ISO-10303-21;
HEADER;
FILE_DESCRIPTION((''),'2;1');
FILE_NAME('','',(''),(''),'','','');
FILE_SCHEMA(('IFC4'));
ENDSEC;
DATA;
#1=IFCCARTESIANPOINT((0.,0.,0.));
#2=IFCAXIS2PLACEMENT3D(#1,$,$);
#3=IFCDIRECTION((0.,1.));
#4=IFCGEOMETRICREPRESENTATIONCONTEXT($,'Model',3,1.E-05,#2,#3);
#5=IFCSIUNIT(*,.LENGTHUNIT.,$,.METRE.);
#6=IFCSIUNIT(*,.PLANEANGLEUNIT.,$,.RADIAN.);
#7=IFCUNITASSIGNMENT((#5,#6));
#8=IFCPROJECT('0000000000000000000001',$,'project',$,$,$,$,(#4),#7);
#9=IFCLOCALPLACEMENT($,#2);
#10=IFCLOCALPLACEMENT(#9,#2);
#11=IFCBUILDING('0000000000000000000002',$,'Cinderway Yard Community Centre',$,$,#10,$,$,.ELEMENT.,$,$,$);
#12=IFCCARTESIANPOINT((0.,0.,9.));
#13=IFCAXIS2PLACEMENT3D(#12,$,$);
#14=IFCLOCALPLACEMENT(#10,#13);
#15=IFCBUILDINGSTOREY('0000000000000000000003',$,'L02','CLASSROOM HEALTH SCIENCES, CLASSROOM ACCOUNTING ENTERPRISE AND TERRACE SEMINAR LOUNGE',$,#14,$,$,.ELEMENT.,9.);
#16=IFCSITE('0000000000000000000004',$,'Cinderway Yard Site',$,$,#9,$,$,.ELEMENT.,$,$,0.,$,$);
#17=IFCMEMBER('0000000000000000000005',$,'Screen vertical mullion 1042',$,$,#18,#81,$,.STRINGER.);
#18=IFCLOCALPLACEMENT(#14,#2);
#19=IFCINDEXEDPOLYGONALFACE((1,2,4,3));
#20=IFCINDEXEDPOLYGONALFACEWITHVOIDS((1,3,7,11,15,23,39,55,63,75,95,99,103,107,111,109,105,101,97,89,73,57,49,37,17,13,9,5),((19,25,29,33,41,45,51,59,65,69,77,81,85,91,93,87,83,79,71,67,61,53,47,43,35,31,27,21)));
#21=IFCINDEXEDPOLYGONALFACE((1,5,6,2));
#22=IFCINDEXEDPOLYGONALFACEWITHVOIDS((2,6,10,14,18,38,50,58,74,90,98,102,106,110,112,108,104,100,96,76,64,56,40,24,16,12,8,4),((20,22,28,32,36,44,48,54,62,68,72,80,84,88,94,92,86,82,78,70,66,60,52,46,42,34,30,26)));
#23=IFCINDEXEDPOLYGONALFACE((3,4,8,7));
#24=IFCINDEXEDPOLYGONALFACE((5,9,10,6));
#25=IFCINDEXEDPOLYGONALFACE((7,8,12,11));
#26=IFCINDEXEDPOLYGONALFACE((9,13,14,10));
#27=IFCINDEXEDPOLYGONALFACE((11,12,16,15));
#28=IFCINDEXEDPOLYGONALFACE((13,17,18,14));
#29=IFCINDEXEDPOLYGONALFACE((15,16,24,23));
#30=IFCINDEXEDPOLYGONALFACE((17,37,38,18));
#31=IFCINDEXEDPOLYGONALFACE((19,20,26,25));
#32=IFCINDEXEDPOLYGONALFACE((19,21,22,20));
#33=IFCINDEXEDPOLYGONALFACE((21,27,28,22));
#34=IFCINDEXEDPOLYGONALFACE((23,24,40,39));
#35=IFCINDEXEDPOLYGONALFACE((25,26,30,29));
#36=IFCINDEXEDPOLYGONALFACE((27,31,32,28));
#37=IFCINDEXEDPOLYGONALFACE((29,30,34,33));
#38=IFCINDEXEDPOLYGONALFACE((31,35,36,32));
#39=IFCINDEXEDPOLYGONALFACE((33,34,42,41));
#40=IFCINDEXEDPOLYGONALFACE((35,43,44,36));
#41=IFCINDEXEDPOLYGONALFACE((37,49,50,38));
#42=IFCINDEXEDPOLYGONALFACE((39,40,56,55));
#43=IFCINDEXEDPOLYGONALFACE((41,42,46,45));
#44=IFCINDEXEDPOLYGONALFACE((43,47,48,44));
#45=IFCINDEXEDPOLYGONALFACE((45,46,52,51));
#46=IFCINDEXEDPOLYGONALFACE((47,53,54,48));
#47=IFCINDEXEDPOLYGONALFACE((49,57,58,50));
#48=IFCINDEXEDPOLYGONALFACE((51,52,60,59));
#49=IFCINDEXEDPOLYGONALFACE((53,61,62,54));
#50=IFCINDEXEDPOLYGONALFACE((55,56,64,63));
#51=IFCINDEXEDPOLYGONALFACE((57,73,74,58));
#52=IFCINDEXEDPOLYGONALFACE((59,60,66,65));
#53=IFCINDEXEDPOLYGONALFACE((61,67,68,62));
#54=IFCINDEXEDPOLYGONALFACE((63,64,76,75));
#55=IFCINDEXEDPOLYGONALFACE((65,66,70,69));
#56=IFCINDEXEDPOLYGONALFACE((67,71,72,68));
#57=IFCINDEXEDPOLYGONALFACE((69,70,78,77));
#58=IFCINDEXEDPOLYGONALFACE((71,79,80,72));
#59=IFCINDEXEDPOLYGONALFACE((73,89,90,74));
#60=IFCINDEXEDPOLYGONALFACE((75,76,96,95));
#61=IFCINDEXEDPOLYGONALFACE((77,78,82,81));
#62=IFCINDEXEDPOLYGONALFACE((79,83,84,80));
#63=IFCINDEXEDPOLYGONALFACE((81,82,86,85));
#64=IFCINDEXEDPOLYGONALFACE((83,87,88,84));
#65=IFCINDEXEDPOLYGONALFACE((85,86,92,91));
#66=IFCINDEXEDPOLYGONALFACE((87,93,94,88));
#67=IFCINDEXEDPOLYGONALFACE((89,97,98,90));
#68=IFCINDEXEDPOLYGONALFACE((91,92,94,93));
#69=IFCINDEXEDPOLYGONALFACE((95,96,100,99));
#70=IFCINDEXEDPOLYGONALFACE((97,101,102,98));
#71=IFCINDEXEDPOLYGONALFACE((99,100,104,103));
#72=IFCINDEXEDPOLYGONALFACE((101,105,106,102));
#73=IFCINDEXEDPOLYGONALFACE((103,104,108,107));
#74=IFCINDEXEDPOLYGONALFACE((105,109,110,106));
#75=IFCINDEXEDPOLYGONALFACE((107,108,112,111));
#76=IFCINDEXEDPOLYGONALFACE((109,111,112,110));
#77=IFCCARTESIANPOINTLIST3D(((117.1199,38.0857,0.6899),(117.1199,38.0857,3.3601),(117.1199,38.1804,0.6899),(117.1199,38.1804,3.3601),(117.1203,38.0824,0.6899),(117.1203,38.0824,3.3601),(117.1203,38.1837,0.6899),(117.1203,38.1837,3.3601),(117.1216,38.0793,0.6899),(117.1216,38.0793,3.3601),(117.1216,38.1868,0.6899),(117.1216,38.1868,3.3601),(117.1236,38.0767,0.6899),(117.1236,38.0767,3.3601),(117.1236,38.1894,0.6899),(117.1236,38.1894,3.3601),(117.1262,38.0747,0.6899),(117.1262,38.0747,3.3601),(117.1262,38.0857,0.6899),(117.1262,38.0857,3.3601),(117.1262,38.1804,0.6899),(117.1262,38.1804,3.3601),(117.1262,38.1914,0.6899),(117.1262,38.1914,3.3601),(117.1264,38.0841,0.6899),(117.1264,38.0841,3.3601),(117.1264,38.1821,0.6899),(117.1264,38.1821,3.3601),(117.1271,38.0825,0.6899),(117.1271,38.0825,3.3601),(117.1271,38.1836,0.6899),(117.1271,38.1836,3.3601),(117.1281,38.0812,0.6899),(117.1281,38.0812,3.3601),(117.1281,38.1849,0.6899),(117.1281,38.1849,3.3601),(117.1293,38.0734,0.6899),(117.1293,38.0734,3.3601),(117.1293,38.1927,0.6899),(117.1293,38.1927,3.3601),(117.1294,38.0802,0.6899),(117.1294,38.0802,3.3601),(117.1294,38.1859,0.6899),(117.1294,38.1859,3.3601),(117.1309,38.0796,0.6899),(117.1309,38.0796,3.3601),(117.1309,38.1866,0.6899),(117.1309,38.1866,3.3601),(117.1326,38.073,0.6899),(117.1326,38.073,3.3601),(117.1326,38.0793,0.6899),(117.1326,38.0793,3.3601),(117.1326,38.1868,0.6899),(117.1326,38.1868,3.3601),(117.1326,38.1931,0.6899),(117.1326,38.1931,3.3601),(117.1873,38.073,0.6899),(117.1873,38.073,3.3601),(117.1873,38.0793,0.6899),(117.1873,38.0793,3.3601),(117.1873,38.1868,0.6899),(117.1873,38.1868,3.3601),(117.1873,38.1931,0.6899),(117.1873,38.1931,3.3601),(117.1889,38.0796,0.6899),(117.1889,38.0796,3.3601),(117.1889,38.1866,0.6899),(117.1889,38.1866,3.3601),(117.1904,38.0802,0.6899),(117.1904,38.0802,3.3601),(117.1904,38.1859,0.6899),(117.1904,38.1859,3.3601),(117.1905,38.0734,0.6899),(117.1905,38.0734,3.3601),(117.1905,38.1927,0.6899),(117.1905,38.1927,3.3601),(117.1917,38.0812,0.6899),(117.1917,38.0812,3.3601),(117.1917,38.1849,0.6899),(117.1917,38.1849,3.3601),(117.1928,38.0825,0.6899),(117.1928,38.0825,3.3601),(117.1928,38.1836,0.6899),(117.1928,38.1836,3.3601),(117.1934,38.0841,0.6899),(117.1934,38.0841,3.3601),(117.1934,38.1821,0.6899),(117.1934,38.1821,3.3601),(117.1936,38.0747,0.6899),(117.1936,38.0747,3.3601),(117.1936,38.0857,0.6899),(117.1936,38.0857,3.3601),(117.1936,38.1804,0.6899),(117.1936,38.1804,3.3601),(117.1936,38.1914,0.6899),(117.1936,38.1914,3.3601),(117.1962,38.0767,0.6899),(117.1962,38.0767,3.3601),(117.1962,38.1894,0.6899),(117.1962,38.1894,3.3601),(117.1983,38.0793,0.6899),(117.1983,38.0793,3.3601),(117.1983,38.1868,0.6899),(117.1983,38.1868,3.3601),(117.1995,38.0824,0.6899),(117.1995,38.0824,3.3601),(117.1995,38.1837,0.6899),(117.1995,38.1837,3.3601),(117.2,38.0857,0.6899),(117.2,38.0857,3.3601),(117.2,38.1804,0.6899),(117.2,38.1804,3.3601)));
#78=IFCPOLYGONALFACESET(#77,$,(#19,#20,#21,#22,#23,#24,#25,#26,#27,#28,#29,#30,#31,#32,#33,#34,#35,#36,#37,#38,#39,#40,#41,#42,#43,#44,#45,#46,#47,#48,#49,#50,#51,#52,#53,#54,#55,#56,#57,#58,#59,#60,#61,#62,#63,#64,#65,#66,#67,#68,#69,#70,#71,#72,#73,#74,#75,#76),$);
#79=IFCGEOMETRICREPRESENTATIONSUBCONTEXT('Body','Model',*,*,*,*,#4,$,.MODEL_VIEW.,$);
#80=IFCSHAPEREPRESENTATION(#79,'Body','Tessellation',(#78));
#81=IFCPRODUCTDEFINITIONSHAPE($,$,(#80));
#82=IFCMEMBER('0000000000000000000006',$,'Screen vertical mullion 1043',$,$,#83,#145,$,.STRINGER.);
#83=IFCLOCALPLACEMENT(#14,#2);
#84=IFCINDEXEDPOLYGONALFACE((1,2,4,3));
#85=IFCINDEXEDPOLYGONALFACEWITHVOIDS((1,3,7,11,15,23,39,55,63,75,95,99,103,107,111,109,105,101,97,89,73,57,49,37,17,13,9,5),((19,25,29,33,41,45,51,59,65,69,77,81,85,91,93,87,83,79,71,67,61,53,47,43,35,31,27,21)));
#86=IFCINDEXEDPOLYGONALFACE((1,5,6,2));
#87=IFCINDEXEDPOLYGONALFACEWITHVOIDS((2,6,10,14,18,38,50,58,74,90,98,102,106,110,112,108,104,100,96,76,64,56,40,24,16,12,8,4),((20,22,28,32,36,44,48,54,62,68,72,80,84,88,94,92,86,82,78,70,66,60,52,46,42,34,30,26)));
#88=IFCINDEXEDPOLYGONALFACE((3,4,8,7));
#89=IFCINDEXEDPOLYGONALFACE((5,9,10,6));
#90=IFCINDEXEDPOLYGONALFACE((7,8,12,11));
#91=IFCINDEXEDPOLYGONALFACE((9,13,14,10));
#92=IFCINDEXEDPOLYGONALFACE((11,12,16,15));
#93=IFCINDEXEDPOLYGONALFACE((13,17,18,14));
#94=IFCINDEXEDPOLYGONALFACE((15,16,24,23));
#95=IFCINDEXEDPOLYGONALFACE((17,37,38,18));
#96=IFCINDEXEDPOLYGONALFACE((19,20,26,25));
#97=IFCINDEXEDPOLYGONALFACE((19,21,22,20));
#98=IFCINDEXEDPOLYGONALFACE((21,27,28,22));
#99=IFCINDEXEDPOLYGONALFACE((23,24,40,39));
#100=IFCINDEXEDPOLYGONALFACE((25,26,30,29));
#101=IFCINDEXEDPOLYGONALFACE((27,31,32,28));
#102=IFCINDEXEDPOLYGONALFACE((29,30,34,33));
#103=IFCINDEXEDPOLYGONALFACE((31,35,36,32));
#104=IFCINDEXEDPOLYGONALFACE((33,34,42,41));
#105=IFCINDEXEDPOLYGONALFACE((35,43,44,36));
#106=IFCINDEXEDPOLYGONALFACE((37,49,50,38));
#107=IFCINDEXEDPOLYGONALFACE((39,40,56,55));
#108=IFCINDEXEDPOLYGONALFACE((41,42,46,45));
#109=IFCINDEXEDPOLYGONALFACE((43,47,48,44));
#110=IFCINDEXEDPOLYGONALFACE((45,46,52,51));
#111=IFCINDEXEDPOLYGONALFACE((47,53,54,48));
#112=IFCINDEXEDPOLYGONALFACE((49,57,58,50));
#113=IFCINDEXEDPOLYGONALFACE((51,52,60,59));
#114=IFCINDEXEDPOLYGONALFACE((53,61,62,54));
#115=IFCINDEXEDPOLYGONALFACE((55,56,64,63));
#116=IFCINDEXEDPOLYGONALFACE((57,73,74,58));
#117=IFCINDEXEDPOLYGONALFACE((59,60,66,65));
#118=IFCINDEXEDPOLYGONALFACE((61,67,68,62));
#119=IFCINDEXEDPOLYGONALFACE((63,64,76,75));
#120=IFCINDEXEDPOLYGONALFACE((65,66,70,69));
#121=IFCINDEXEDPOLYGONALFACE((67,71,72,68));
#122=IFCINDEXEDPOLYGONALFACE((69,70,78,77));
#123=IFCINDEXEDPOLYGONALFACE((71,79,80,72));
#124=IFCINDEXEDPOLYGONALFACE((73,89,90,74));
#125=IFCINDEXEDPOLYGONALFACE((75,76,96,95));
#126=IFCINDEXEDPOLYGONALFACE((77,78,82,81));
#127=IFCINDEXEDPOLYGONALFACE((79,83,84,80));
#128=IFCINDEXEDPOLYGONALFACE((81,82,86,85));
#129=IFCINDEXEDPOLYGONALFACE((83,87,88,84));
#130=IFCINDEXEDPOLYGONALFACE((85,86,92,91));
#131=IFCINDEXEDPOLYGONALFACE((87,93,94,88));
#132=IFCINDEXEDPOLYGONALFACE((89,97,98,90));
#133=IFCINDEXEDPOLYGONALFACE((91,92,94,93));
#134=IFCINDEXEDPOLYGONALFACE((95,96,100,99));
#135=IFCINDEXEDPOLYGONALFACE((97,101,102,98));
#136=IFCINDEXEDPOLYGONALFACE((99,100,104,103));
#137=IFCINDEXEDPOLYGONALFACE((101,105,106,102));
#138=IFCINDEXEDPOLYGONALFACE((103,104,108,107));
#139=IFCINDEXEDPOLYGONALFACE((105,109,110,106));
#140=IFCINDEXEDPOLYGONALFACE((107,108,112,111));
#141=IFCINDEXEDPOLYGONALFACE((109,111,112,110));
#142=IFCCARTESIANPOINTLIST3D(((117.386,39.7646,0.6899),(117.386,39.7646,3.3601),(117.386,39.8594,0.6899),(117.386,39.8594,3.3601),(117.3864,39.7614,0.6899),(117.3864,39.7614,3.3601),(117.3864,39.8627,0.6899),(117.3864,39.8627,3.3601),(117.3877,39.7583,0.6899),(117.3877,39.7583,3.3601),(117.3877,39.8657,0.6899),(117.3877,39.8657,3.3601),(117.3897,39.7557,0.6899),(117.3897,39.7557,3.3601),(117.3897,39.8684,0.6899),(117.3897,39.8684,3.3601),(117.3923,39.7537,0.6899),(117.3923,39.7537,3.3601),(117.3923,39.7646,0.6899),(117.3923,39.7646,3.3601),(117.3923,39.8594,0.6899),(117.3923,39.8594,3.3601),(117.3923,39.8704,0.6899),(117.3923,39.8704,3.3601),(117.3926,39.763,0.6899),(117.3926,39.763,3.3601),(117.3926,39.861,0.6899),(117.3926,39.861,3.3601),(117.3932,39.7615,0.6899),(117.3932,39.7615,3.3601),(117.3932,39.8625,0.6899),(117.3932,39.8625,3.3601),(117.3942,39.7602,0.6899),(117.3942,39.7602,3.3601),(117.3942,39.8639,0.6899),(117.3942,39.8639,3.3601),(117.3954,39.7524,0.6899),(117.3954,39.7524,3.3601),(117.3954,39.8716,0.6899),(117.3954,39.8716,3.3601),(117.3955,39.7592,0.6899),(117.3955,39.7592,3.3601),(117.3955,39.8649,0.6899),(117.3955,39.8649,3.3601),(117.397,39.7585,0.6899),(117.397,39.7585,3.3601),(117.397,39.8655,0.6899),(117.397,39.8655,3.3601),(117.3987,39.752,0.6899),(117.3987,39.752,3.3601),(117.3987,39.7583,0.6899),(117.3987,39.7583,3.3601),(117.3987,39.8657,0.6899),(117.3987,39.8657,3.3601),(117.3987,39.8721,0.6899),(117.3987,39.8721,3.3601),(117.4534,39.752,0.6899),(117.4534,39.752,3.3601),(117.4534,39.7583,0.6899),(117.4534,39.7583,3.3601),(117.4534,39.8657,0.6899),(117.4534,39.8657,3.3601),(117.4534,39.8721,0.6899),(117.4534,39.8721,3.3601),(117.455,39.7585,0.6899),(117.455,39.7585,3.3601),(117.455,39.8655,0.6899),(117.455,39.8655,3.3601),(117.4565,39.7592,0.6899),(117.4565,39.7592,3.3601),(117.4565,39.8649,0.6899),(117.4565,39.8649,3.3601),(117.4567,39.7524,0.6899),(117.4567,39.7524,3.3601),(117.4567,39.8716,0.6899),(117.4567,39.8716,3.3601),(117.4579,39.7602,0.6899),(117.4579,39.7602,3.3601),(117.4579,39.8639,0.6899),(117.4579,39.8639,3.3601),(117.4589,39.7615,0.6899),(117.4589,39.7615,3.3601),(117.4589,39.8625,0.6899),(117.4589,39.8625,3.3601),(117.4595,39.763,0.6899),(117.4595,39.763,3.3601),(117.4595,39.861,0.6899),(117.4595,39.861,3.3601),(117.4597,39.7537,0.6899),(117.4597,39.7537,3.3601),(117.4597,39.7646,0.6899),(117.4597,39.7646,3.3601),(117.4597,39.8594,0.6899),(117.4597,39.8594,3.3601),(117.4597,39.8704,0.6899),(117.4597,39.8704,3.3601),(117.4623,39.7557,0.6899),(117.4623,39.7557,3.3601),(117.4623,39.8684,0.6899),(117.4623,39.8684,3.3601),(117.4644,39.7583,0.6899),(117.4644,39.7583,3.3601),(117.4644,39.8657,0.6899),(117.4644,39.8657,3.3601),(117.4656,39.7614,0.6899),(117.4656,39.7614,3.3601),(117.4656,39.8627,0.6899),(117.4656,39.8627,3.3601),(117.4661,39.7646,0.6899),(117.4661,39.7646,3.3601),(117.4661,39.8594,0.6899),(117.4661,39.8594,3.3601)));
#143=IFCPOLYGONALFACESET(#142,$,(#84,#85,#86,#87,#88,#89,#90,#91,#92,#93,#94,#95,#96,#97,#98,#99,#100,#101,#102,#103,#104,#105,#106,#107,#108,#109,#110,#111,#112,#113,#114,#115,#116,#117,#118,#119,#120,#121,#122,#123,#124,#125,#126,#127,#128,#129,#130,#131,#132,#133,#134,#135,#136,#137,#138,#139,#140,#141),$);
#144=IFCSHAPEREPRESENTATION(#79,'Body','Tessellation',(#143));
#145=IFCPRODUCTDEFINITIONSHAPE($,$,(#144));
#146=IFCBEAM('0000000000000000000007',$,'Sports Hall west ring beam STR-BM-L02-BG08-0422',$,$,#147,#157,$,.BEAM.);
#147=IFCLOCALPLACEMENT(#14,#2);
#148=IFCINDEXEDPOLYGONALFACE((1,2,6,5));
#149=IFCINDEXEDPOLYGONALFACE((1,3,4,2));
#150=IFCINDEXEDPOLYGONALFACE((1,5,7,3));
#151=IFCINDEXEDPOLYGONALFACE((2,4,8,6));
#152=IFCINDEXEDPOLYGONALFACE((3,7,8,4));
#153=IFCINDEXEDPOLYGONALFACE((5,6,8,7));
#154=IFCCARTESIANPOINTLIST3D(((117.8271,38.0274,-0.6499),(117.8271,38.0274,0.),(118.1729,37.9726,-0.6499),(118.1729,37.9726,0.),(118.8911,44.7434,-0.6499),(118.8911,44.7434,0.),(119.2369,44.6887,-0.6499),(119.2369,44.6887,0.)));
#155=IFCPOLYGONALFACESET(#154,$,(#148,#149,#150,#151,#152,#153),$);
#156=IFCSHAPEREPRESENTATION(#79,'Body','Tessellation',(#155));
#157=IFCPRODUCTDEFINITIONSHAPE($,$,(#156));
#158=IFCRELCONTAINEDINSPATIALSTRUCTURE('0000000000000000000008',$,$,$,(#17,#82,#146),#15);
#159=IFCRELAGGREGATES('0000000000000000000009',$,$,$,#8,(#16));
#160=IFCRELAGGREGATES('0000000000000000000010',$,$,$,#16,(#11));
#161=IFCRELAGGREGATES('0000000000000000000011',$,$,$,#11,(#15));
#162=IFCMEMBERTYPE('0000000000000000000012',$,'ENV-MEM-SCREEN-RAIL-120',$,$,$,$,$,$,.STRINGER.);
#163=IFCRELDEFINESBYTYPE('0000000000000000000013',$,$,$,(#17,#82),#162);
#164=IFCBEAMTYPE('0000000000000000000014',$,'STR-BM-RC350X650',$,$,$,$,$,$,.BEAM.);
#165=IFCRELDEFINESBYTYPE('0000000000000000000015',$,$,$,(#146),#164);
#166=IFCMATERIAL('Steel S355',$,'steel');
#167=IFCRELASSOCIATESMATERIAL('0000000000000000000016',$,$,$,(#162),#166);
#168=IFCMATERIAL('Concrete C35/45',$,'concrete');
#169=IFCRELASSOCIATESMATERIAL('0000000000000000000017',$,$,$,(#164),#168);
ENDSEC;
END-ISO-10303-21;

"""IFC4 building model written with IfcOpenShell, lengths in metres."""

from ifc_helpers import new_model, si_unit, direction, frame, origin, origin_2d, place, context, subcontext, project, spatial, rectangle, hollow_rectangle, extrude, material, material_profile, profile_set, type_object, element, save


model = new_model("IFC4")

# Units and contexts
model_context = context("Model", 3, precision=1e-05, world=origin(), true_north=direction((0.0, 1.0)))
body_context = subcontext(model_context, "Body", "Model", "MODEL_VIEW")
ifc_project = project(units=[si_unit("LENGTHUNIT", "METRE"), si_unit("PLANEANGLEUNIT", "RADIAN")], contexts=[model_context])

# Site, building, storey
site_placement = place(None, origin())
site = spatial("IfcSite", under=ifc_project, at=site_placement, Name="Cinderway Yard Site", CompositionType="ELEMENT", RefElevation=0.0)
building_placement = place(site_placement, origin())
building = spatial("IfcBuilding", under=site, at=building_placement, Name="Cinderway Yard Community Centre", CompositionType="ELEMENT")
storey_placement = place(building_placement, frame((0.0, 0.0, 9.0)))
storey = spatial("IfcBuildingStorey", under=building, at=storey_placement, Name="L02", Description="CLASSROOM HEALTH SCIENCES, CLASSROOM ACCOUNTING ENTERPRISE AND TERRACE SEMINAR LOUNGE", CompositionType="ELEMENT", Elevation=9.0)

# Members
ifc_material_1 = material(Name="Steel S355", Category="steel")
ifc_material_profile_1 = material_profile(ifc_material_1, hollow_rectangle(XDim=0.0801, YDim=0.1201, WallThickness=0.0063, InnerFilletRadius=0.0063, OuterFilletRadius=0.0127, at=origin_2d()), Name="Steel S355")
ifc_profile_set_1 = profile_set([ifc_material_profile_1], Name="Steel S355")
member_type_1 = type_object("IfcMemberType", Name="ENV-MEM-SCREEN-RAIL-120", PredefinedType="STRINGER", material=ifc_profile_set_1)
for number, where, z_axis, x_axis, name in (
    (1, (117.1599, 38.1331, 0.6899), (0.0, 0.0, 1.0), (1.0, 0.0, 0.0), "Screen vertical mullion 1042"),
    (2, (117.426, 39.812, 0.6899), (0.0, 0.0, 1.0), (1.0, 0.0, 0.0), "Screen vertical mullion 1043"),
):
    element("IfcMember", number, at=place(storey_placement, frame(where, z_axis=z_axis, x_axis=x_axis)), inside=storey, type_object=member_type_1, Name=name, PredefinedType="STRINGER", context=body_context, shape_type="SweptSolid", body=[
        extrude(hollow_rectangle(XDim=0.0801, YDim=0.1201, WallThickness=0.0063, InnerFilletRadius=0.0063, OuterFilletRadius=0.0127, at=origin_2d()), origin(), (0.0, 0.0, 1.0), 2.6702),
    ])

# Beam
ifc_material_2 = material(Name="Concrete C35/45", Category="concrete")
ifc_material_profile_2 = material_profile(ifc_material_2, rectangle(XDim=0.3501, YDim=0.6499, at=origin_2d()), Name="Concrete C35/45")
ifc_profile_set_2 = profile_set([ifc_material_profile_2], Name="Concrete C35/45")
beam_type_1 = type_object("IfcBeamType", Name="STR-BM-RC350X650", PredefinedType="BEAM", material=ifc_profile_set_2)
beam_1_placement = place(storey_placement, frame((118.0, 38.0, -0.325), z_axis=(0.15647, 0.987683, 0.0), x_axis=(-0.987683, 0.15647, 0.0)))
element("IfcBeam", 3, at=beam_1_placement, inside=storey, type_object=beam_type_1, Name="Sports Hall west ring beam STR-BM-L02-BG08-0422", PredefinedType="BEAM", context=body_context, shape_type="SweptSolid", body=[
    extrude(rectangle(XDim=0.3501, YDim=0.6499, at=origin_2d()), origin(), (0.0, 0.0, 1.0), 6.7998),
])

save(model, "model.ifc")
